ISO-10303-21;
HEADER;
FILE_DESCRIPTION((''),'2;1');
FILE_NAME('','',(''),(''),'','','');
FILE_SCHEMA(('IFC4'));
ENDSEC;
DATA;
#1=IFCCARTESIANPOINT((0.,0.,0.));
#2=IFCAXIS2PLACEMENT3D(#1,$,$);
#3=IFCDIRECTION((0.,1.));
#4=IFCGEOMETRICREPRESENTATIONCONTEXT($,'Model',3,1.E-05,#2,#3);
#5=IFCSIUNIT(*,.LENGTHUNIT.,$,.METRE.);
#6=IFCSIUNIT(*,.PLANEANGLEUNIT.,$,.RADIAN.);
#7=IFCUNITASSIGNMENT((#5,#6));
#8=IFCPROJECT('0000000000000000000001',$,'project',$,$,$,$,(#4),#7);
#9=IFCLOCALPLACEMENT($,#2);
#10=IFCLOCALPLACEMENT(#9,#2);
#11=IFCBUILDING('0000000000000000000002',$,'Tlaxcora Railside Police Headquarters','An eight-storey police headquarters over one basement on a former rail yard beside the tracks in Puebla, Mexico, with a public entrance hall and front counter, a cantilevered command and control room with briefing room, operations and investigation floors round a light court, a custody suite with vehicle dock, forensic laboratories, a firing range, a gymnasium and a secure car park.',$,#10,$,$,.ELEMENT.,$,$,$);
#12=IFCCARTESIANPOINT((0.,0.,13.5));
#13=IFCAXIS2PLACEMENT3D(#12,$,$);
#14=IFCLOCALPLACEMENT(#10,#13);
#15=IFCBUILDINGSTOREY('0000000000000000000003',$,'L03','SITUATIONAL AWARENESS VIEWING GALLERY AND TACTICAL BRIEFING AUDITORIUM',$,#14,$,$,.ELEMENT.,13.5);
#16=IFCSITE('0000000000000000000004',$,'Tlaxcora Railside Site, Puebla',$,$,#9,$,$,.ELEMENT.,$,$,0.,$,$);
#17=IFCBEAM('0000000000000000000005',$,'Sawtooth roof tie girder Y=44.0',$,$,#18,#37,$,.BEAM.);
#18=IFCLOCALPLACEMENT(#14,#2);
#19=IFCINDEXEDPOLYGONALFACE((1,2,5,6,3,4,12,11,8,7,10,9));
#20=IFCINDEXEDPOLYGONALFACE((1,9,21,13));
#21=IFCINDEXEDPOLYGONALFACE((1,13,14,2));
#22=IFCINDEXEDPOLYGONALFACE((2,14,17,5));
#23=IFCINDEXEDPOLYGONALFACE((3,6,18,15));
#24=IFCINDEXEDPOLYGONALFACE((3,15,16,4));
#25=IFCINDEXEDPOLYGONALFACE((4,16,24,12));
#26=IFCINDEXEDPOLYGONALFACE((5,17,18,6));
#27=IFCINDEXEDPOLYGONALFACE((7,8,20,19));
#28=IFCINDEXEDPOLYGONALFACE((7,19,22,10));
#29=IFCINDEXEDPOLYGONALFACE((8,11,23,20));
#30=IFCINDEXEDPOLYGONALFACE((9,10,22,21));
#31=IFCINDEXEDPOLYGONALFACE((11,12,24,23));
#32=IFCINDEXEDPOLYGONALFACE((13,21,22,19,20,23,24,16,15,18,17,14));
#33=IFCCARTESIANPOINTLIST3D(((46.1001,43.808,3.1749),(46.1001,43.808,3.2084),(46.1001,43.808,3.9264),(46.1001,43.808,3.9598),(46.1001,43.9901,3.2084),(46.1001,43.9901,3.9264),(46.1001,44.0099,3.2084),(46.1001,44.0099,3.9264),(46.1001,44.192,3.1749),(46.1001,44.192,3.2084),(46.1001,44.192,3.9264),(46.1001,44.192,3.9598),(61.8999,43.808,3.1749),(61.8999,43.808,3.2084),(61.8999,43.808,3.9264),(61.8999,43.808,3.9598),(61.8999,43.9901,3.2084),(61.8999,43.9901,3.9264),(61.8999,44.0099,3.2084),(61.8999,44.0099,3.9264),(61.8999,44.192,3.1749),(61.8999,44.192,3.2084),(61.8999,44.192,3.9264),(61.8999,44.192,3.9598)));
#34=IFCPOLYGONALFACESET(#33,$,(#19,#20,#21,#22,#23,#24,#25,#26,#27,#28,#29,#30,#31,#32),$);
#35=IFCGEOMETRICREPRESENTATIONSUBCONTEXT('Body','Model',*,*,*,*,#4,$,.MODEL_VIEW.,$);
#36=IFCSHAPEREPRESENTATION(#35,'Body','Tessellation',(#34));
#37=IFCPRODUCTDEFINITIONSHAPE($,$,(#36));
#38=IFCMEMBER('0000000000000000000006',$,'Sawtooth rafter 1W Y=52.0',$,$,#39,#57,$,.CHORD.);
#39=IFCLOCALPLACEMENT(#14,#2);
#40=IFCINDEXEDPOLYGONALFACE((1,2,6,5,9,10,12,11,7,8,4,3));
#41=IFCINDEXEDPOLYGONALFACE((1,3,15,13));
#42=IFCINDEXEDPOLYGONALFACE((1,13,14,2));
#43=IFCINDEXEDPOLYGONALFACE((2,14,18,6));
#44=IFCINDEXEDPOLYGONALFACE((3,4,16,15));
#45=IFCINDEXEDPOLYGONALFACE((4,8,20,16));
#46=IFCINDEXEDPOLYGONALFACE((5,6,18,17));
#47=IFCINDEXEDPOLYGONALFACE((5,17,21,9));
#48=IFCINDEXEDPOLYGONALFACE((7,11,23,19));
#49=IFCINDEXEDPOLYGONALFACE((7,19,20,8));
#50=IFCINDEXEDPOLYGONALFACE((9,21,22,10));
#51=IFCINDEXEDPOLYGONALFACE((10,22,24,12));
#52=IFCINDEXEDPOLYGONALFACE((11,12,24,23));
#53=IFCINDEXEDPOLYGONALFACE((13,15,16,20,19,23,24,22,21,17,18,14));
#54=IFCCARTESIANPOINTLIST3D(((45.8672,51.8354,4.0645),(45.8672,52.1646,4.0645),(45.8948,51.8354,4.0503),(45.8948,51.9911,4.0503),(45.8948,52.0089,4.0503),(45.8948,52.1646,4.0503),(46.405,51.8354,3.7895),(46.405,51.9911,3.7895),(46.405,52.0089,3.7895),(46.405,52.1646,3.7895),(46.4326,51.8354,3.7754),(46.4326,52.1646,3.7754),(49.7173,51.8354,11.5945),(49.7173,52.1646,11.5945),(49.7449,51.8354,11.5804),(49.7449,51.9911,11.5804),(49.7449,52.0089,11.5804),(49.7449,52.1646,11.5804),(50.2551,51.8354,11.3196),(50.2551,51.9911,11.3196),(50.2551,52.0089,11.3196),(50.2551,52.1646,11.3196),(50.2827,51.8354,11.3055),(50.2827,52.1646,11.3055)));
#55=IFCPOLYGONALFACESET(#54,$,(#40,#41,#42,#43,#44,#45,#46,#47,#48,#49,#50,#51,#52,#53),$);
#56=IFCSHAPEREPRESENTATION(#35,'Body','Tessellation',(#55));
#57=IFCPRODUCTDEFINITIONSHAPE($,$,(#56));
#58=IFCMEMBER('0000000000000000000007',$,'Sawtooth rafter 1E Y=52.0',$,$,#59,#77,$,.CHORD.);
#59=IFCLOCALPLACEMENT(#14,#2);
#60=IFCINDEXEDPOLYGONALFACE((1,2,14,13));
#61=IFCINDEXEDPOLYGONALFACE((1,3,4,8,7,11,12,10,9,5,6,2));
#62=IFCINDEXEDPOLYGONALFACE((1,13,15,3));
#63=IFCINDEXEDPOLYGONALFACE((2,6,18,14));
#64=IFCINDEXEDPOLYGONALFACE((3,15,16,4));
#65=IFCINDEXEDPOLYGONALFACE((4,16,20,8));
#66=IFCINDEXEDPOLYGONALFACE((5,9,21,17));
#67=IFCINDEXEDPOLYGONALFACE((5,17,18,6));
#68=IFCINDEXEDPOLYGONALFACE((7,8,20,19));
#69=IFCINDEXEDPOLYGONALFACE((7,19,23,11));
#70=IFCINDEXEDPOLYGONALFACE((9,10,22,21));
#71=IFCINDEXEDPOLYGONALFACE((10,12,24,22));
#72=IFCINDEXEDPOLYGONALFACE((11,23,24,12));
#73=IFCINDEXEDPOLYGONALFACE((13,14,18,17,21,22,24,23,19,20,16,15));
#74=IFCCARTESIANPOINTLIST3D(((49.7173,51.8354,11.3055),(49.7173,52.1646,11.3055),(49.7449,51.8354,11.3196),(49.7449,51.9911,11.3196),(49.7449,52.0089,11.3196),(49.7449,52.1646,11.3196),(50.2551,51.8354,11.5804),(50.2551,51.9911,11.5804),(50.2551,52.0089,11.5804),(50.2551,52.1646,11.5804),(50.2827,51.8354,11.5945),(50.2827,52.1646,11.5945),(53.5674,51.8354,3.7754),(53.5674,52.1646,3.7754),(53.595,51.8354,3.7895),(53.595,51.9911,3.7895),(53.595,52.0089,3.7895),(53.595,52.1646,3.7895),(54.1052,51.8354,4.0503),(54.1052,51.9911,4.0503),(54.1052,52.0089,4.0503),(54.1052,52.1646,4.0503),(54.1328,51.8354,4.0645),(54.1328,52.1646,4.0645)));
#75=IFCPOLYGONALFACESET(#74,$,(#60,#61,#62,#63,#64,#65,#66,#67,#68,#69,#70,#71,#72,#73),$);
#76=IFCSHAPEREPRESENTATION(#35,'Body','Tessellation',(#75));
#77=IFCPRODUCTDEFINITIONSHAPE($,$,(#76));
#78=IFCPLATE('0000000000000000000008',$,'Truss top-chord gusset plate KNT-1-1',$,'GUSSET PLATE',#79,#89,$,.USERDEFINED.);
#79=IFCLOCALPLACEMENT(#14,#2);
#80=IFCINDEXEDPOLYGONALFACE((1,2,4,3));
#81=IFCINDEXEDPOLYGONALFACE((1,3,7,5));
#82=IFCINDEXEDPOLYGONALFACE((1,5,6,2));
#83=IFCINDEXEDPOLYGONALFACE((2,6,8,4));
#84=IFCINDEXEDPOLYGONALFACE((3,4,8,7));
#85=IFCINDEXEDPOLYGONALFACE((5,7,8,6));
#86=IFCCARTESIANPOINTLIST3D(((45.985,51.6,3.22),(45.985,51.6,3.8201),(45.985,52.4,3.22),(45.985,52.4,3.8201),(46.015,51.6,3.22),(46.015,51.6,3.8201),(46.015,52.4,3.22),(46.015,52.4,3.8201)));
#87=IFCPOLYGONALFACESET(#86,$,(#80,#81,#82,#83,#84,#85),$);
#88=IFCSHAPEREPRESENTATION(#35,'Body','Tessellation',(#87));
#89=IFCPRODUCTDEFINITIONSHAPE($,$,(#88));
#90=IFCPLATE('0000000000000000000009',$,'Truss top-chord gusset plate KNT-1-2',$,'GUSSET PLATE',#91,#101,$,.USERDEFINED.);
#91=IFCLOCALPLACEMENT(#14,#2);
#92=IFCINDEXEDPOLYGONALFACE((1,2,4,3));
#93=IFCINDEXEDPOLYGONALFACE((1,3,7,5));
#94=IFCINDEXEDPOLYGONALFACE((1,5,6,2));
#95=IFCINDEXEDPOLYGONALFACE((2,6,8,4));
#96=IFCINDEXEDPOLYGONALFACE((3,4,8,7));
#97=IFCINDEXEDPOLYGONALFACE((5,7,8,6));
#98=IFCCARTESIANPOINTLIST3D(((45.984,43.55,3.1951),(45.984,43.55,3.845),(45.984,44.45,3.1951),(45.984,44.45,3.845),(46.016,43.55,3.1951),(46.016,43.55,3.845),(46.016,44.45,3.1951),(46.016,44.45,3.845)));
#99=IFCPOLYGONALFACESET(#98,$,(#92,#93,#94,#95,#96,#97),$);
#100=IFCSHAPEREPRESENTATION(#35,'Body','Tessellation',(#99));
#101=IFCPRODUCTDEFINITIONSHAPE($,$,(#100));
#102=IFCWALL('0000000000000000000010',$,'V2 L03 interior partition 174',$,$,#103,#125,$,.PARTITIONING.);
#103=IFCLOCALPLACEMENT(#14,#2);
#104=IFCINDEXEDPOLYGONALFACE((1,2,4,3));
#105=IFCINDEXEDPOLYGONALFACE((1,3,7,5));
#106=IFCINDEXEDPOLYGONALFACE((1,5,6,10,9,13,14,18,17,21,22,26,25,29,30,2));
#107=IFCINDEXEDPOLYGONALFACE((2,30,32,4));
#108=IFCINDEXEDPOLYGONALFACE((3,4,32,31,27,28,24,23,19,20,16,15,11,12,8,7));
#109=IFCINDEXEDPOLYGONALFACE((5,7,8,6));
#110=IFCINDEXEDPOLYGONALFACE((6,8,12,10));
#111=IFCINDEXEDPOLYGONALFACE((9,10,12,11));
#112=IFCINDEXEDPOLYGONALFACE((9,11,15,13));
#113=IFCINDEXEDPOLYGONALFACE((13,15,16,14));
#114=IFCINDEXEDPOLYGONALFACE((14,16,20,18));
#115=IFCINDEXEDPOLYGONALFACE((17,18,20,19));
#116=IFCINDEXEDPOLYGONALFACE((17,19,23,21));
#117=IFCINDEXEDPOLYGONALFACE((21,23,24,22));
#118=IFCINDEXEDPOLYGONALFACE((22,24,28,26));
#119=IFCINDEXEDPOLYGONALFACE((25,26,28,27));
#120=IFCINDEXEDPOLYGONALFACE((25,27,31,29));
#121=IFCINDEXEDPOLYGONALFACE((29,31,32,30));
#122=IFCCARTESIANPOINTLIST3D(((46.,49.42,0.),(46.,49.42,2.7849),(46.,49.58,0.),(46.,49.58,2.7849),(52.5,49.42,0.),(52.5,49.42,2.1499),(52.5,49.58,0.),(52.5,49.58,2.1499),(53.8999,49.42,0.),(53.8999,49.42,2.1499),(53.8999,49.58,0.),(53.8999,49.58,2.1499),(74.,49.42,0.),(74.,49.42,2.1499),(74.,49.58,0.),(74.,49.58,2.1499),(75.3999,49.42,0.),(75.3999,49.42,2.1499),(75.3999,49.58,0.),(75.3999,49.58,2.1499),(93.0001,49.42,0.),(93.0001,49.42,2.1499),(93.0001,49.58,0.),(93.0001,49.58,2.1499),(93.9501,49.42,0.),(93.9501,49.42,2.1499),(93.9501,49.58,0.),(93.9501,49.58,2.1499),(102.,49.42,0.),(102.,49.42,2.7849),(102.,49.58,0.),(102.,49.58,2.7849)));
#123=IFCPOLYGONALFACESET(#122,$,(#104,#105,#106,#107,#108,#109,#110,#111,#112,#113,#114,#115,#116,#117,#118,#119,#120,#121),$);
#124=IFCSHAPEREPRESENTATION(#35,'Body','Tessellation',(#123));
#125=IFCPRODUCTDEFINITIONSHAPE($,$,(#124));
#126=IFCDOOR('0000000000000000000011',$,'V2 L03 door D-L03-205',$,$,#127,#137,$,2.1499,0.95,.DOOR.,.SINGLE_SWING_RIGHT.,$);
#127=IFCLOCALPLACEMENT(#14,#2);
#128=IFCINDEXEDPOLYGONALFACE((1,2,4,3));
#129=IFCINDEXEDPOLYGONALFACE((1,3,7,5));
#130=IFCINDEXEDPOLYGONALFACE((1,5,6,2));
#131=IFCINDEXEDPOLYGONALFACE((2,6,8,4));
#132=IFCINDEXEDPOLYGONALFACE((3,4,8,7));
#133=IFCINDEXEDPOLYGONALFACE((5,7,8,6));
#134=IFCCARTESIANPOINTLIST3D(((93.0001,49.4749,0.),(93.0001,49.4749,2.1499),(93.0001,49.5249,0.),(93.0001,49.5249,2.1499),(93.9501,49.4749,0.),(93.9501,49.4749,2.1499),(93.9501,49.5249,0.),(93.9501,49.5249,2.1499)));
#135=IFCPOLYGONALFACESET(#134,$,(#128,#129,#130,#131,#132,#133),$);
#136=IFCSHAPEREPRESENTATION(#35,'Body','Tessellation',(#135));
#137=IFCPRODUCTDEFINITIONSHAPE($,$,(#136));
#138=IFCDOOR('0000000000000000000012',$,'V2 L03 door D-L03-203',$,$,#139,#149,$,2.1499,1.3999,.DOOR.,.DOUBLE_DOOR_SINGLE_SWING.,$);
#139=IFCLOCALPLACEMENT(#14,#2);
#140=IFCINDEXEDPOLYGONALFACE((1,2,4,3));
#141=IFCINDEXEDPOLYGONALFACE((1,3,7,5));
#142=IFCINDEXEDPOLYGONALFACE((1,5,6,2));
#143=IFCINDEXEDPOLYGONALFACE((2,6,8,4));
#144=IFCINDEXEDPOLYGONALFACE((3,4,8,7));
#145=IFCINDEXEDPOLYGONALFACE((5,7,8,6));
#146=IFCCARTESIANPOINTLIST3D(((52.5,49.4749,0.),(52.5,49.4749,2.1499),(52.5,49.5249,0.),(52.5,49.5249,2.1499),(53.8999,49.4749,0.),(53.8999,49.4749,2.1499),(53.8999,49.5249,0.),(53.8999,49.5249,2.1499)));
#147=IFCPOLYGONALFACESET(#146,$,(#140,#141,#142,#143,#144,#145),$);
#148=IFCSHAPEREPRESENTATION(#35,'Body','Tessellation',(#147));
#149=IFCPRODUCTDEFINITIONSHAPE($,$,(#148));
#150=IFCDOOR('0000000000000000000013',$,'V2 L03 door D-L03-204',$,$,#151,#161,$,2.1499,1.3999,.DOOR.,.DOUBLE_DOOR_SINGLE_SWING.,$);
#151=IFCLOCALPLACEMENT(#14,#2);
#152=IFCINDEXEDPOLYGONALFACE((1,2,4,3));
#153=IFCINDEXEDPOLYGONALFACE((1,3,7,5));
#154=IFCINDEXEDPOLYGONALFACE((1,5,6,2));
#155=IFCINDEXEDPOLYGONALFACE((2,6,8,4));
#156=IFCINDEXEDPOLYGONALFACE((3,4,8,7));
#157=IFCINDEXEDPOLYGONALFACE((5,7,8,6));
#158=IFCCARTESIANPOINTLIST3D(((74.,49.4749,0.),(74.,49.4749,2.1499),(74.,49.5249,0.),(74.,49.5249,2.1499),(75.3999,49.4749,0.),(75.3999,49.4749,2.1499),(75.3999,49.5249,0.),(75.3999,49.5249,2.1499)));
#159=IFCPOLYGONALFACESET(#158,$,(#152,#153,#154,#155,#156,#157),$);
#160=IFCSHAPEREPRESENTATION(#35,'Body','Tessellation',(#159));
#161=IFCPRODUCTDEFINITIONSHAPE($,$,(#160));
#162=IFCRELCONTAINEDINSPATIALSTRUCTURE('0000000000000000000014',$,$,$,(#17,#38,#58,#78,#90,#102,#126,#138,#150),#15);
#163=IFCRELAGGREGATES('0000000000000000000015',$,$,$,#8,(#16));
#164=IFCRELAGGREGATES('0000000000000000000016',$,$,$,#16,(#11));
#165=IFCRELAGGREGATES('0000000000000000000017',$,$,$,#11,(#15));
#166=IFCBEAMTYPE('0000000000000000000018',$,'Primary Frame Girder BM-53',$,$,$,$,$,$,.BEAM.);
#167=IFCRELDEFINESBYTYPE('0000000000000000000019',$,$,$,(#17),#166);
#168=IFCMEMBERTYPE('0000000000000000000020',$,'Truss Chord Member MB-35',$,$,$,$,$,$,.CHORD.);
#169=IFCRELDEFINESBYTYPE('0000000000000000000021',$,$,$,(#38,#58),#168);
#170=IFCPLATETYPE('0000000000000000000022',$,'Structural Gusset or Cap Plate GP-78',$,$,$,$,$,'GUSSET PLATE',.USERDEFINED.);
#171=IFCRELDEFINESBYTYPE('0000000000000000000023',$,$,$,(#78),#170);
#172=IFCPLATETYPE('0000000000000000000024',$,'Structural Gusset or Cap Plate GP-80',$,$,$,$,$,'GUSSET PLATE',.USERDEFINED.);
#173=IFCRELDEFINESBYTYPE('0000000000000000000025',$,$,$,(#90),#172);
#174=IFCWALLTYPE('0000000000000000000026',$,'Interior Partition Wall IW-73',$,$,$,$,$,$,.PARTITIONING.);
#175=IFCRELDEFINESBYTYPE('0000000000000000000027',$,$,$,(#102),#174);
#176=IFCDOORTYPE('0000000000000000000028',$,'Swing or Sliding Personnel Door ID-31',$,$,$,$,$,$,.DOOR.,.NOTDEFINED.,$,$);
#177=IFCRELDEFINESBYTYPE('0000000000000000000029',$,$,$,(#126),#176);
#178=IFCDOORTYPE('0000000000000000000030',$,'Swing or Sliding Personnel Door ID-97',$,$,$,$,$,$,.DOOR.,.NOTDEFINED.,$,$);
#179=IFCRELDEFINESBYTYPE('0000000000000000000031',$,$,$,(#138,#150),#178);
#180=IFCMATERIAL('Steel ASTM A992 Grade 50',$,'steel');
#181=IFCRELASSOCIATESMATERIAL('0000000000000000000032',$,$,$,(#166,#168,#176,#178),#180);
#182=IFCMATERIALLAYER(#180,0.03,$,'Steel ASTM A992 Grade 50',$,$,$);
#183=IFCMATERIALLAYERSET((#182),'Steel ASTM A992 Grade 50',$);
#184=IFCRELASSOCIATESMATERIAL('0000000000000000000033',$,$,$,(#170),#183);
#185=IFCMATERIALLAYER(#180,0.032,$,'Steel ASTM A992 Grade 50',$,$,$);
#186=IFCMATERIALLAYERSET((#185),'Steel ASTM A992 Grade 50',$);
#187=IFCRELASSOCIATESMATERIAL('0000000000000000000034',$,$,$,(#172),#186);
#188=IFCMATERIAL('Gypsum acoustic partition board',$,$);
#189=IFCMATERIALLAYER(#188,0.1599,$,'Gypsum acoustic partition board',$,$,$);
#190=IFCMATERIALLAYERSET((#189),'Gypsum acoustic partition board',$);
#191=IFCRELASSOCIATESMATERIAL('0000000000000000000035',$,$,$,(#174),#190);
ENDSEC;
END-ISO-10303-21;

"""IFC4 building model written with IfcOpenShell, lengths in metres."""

from ifc_helpers import new_model, si_unit, direction, frame, frame_2d, origin, origin_2d, place, context, subcontext, project, spatial, rectangle, i_section, extrude, material, layer, layer_set, material_profile, profile_set, type_object, element, fill, save


model = new_model("IFC4")

# Units and contexts
model_context = context("Model", 3, precision=1e-05, world=origin(), true_north=direction((0.0, 1.0)))
body_context = subcontext(model_context, "Body", "Model", "MODEL_VIEW")
ifc_project = project(units=[si_unit("LENGTHUNIT", "METRE"), si_unit("PLANEANGLEUNIT", "RADIAN")], contexts=[model_context])

# Site, building, storey
site_placement = place(None, origin())
site = spatial("IfcSite", under=ifc_project, at=site_placement, Name="Tlaxcora Railside Site, Puebla", CompositionType="ELEMENT", RefElevation=0.0)
building_placement = place(site_placement, origin())
building = spatial("IfcBuilding", under=site, at=building_placement, Name="Tlaxcora Railside Police Headquarters", Description="An eight-storey police headquarters over one basement on a former rail yard beside the tracks in Puebla, Mexico, with a public entrance hall and front counter, a cantilevered command and control room with briefing room, operations and investigation floors round a light court, a custody suite with vehicle dock, forensic laboratories, a firing range, a gymnasium and a secure car park.", CompositionType="ELEMENT")
storey_placement = place(building_placement, frame((0.0, 0.0, 13.5)))
storey = spatial("IfcBuildingStorey", under=building, at=storey_placement, Name="L03", Description="SITUATIONAL AWARENESS VIEWING GALLERY AND TACTICAL BRIEFING AUDITORIUM", CompositionType="ELEMENT", Elevation=13.5)

# Shared definitions
ifc_material_1 = material(Name="Steel ASTM A992 Grade 50", Category="steel")

# Beam
ifc_material_profile_1 = material_profile(ifc_material_1, i_section(OverallWidth=0.384, OverallDepth=0.7849, WebThickness=0.0198, FlangeThickness=0.0334, at=origin_2d()), Name="W30X211")
ifc_profile_set_1 = profile_set([ifc_material_profile_1], Name="Steel ASTM A992 Grade 50")
beam_type_1 = type_object("IfcBeamType", Name="Primary Frame Girder BM-53", PredefinedType="BEAM", material=ifc_profile_set_1)
for number, where, z_axis, x_axis, name in (
    (1, (46.1001, 44.0, 3.5674), (1.0, 0.0, 0.0), (0.0, 1.0, 0.0), "Sawtooth roof tie girder Y=44.0"),
):
    element("IfcBeam", number, at=place(storey_placement, frame(where, z_axis=z_axis, x_axis=x_axis)), inside=storey, type_object=beam_type_1, Name=name, PredefinedType="BEAM", context=body_context, shape_type="SweptSolid", body=[
        extrude(i_section(OverallWidth=0.384, OverallDepth=0.7849, WebThickness=0.0198, FlangeThickness=0.0334, at=origin_2d()), origin(), (0.0, 0.0, 1.0), 15.7998),
    ])

# Members
ifc_material_profile_2 = material_profile(ifc_material_1, i_section(OverallWidth=0.3291, OverallDepth=0.635, WebThickness=0.0178, FlangeThickness=0.031, at=origin_2d()), Name="W24X162")
ifc_profile_set_2 = profile_set([ifc_material_profile_2], Name="Steel ASTM A992 Grade 50")
member_type_1 = type_object("IfcMemberType", Name="Truss Chord Member MB-35", PredefinedType="CHORD", material=ifc_profile_set_2)
for number, where, z_axis, x_axis, name in (
    (2, (46.1499, 52.0, 3.9199), (0.455244, 0.0, 0.890367), (0.0, 1.0, 0.0), "Sawtooth rafter 1W Y=52.0"),
    (3, (53.8501, 52.0, 3.9199), (-0.455244, 0.0, 0.890367), (0.0, -1.0, 0.0), "Sawtooth rafter 1E Y=52.0"),
):
    element("IfcMember", number, at=place(storey_placement, frame(where, z_axis=z_axis, x_axis=x_axis)), inside=storey, type_object=member_type_1, Name=name, PredefinedType="CHORD", context=body_context, shape_type="SweptSolid", body=[
        extrude(i_section(OverallWidth=0.3291, OverallDepth=0.635, WebThickness=0.0178, FlangeThickness=0.031, at=origin_2d()), origin(), (0.0, 0.0, 1.0), 8.4573),
    ])

# Plates
ifc_layer_1 = layer(ifc_material_1, 0.03, Name="Steel ASTM A992 Grade 50")
ifc_layer_set_1 = layer_set([ifc_layer_1], Name="Steel ASTM A992 Grade 50")
plate_type_1 = type_object("IfcPlateType", Name="Structural Gusset or Cap Plate GP-78", ElementType="GUSSET PLATE", PredefinedType="USERDEFINED", material=ifc_layer_set_1)
plate_1_placement = place(storey_placement, frame((46.0, 52.0, 3.22), z_axis=(0.0, 0.0, 1.0), x_axis=(0.0, 1.0, 0.0)))
element("IfcPlate", 4, at=plate_1_placement, inside=storey, type_object=plate_type_1, Name="Truss top-chord gusset plate KNT-1-1", ObjectType="GUSSET PLATE", PredefinedType="USERDEFINED", context=body_context, shape_type="SweptSolid", body=[
    extrude(rectangle(XDim=0.8, YDim=0.03, at=origin_2d()), origin(), (0.0, 0.0, 1.0), 0.6001),
])
ifc_layer_2 = layer(ifc_material_1, 0.032, Name="Steel ASTM A992 Grade 50")
ifc_layer_set_2 = layer_set([ifc_layer_2], Name="Steel ASTM A992 Grade 50")
plate_type_2 = type_object("IfcPlateType", Name="Structural Gusset or Cap Plate GP-80", ElementType="GUSSET PLATE", PredefinedType="USERDEFINED", material=ifc_layer_set_2)
plate_2_placement = place(storey_placement, frame((46.0, 44.0, 3.1951), z_axis=(0.0, 0.0, 1.0), x_axis=(0.0, 1.0, 0.0)))
element("IfcPlate", 5, at=plate_2_placement, inside=storey, type_object=plate_type_2, Name="Truss top-chord gusset plate KNT-1-2", ObjectType="GUSSET PLATE", PredefinedType="USERDEFINED", context=body_context, shape_type="SweptSolid", body=[
    extrude(rectangle(XDim=0.8999, YDim=0.032, at=origin_2d()), origin(), (0.0, 0.0, 1.0), 0.6499),
])

# Wall, openings, doors
ifc_material_2 = material(Name="Gypsum acoustic partition board")
ifc_layer_3 = layer(ifc_material_2, 0.1599, Name="Gypsum acoustic partition board")
ifc_layer_set_3 = layer_set([ifc_layer_3], Name="Gypsum acoustic partition board")
wall_type_1 = type_object("IfcWallType", Name="Interior Partition Wall IW-73", PredefinedType="PARTITIONING", material=ifc_layer_set_3)
wall_1_placement = place(storey_placement, frame((46.0, 49.5, 0.0), z_axis=(0.0, 0.0, 1.0), x_axis=(1.0, 0.0, 0.0)))
wall_1 = element("IfcWall", 6, at=wall_1_placement, inside=storey, type_object=wall_type_1, Name="V2 L03 interior partition 174", PredefinedType="PARTITIONING", context=body_context, shape_type="SweptSolid", body=[
    extrude(rectangle(XDim=56.0, YDim=0.1599, at=frame_2d((28.0, 0.0))), origin(), (0.0, 0.0, 1.0), 2.7849),
])
opening_1_placement = place(wall_1_placement, frame((6.5, 0.0, 0.0)))
opening_1 = element("IfcOpeningElement", 7, at=opening_1_placement, cuts=wall_1, PredefinedType="OPENING", context=body_context, shape_type="SweptSolid", body=[
    extrude(rectangle(XDim=1.3999, YDim=2.1499, at=frame_2d((0.7, 1.075))), frame((0.0, 0.0898, 0.0), z_axis=(0.0, -1.0, 0.0), x_axis=(1.0, 0.0, 0.0)), (0.0, 0.0, 1.0), 0.1799),
])
opening_2_placement = place(wall_1_placement, frame((28.0, 0.0, 0.0)))
opening_2 = element("IfcOpeningElement", 8, at=opening_2_placement, cuts=wall_1, PredefinedType="OPENING", context=body_context, shape_type="SweptSolid", body=[
    extrude(rectangle(XDim=1.3999, YDim=2.1499, at=frame_2d((0.7, 1.075))), frame((0.0, 0.0898, 0.0), z_axis=(0.0, -1.0, 0.0), x_axis=(1.0, 0.0, 0.0)), (0.0, 0.0, 1.0), 0.1799),
])
opening_3_placement = place(wall_1_placement, frame((47.0, 0.0, 0.0)))
opening_3 = element("IfcOpeningElement", 9, at=opening_3_placement, cuts=wall_1, PredefinedType="OPENING", context=body_context, shape_type="SweptSolid", body=[
    extrude(rectangle(XDim=0.95, YDim=2.1499, at=frame_2d((0.4751, 1.075))), frame((0.0, 0.0898, 0.0), z_axis=(0.0, -1.0, 0.0), x_axis=(1.0, 0.0, 0.0)), (0.0, 0.0, 1.0), 0.1799),
])
door_type_1 = type_object("IfcDoorType", Name="Swing or Sliding Personnel Door ID-31", OperationType="NOTDEFINED", PredefinedType="DOOR", material=ifc_material_1)
door_1_placement = place(opening_3_placement, origin())
door_1 = element("IfcDoor", 10, at=door_1_placement, inside=storey, type_object=door_type_1, Name="V2 L03 door D-L03-205", OperationType="SINGLE_SWING_RIGHT", OverallHeight=2.1499, OverallWidth=0.95, PredefinedType="DOOR", context=body_context, shape_type="SweptSolid", body=[
    extrude(rectangle(XDim=0.95, YDim=2.1499, at=frame_2d((0.4751, 1.075))), frame((0.0, 0.0249, 0.0), z_axis=(0.0, -1.0, 0.0), x_axis=(1.0, 0.0, 0.0)), (0.0, 0.0, 1.0), 0.05),
])
fill(opening_3, door_1)
door_type_2 = type_object("IfcDoorType", Name="Swing or Sliding Personnel Door ID-97", OperationType="NOTDEFINED", PredefinedType="DOOR", material=ifc_material_1)
door_2_placement = place(opening_1_placement, origin())
door_2 = element("IfcDoor", 11, at=door_2_placement, inside=storey, type_object=door_type_2, Name="V2 L03 door D-L03-203", OperationType="DOUBLE_DOOR_SINGLE_SWING", OverallHeight=2.1499, OverallWidth=1.3999, PredefinedType="DOOR", context=body_context, shape_type="SweptSolid", body=[
    extrude(rectangle(XDim=1.3999, YDim=2.1499, at=frame_2d((0.7, 1.075))), frame((0.0, 0.0249, 0.0), z_axis=(0.0, -1.0, 0.0), x_axis=(1.0, 0.0, 0.0)), (0.0, 0.0, 1.0), 0.05),
])
fill(opening_1, door_2)
door_3_placement = place(opening_2_placement, origin())
door_3 = element("IfcDoor", 12, at=door_3_placement, inside=storey, type_object=door_type_2, Name="V2 L03 door D-L03-204", OperationType="DOUBLE_DOOR_SINGLE_SWING", OverallHeight=2.1499, OverallWidth=1.3999, PredefinedType="DOOR", context=body_context, shape_type="SweptSolid", body=[
    extrude(rectangle(XDim=1.3999, YDim=2.1499, at=frame_2d((0.7, 1.075))), frame((0.0, 0.0249, 0.0), z_axis=(0.0, -1.0, 0.0), x_axis=(1.0, 0.0, 0.0)), (0.0, 0.0, 1.0), 0.05),
])
fill(opening_2, door_3)

save(model, "model.ifc")
